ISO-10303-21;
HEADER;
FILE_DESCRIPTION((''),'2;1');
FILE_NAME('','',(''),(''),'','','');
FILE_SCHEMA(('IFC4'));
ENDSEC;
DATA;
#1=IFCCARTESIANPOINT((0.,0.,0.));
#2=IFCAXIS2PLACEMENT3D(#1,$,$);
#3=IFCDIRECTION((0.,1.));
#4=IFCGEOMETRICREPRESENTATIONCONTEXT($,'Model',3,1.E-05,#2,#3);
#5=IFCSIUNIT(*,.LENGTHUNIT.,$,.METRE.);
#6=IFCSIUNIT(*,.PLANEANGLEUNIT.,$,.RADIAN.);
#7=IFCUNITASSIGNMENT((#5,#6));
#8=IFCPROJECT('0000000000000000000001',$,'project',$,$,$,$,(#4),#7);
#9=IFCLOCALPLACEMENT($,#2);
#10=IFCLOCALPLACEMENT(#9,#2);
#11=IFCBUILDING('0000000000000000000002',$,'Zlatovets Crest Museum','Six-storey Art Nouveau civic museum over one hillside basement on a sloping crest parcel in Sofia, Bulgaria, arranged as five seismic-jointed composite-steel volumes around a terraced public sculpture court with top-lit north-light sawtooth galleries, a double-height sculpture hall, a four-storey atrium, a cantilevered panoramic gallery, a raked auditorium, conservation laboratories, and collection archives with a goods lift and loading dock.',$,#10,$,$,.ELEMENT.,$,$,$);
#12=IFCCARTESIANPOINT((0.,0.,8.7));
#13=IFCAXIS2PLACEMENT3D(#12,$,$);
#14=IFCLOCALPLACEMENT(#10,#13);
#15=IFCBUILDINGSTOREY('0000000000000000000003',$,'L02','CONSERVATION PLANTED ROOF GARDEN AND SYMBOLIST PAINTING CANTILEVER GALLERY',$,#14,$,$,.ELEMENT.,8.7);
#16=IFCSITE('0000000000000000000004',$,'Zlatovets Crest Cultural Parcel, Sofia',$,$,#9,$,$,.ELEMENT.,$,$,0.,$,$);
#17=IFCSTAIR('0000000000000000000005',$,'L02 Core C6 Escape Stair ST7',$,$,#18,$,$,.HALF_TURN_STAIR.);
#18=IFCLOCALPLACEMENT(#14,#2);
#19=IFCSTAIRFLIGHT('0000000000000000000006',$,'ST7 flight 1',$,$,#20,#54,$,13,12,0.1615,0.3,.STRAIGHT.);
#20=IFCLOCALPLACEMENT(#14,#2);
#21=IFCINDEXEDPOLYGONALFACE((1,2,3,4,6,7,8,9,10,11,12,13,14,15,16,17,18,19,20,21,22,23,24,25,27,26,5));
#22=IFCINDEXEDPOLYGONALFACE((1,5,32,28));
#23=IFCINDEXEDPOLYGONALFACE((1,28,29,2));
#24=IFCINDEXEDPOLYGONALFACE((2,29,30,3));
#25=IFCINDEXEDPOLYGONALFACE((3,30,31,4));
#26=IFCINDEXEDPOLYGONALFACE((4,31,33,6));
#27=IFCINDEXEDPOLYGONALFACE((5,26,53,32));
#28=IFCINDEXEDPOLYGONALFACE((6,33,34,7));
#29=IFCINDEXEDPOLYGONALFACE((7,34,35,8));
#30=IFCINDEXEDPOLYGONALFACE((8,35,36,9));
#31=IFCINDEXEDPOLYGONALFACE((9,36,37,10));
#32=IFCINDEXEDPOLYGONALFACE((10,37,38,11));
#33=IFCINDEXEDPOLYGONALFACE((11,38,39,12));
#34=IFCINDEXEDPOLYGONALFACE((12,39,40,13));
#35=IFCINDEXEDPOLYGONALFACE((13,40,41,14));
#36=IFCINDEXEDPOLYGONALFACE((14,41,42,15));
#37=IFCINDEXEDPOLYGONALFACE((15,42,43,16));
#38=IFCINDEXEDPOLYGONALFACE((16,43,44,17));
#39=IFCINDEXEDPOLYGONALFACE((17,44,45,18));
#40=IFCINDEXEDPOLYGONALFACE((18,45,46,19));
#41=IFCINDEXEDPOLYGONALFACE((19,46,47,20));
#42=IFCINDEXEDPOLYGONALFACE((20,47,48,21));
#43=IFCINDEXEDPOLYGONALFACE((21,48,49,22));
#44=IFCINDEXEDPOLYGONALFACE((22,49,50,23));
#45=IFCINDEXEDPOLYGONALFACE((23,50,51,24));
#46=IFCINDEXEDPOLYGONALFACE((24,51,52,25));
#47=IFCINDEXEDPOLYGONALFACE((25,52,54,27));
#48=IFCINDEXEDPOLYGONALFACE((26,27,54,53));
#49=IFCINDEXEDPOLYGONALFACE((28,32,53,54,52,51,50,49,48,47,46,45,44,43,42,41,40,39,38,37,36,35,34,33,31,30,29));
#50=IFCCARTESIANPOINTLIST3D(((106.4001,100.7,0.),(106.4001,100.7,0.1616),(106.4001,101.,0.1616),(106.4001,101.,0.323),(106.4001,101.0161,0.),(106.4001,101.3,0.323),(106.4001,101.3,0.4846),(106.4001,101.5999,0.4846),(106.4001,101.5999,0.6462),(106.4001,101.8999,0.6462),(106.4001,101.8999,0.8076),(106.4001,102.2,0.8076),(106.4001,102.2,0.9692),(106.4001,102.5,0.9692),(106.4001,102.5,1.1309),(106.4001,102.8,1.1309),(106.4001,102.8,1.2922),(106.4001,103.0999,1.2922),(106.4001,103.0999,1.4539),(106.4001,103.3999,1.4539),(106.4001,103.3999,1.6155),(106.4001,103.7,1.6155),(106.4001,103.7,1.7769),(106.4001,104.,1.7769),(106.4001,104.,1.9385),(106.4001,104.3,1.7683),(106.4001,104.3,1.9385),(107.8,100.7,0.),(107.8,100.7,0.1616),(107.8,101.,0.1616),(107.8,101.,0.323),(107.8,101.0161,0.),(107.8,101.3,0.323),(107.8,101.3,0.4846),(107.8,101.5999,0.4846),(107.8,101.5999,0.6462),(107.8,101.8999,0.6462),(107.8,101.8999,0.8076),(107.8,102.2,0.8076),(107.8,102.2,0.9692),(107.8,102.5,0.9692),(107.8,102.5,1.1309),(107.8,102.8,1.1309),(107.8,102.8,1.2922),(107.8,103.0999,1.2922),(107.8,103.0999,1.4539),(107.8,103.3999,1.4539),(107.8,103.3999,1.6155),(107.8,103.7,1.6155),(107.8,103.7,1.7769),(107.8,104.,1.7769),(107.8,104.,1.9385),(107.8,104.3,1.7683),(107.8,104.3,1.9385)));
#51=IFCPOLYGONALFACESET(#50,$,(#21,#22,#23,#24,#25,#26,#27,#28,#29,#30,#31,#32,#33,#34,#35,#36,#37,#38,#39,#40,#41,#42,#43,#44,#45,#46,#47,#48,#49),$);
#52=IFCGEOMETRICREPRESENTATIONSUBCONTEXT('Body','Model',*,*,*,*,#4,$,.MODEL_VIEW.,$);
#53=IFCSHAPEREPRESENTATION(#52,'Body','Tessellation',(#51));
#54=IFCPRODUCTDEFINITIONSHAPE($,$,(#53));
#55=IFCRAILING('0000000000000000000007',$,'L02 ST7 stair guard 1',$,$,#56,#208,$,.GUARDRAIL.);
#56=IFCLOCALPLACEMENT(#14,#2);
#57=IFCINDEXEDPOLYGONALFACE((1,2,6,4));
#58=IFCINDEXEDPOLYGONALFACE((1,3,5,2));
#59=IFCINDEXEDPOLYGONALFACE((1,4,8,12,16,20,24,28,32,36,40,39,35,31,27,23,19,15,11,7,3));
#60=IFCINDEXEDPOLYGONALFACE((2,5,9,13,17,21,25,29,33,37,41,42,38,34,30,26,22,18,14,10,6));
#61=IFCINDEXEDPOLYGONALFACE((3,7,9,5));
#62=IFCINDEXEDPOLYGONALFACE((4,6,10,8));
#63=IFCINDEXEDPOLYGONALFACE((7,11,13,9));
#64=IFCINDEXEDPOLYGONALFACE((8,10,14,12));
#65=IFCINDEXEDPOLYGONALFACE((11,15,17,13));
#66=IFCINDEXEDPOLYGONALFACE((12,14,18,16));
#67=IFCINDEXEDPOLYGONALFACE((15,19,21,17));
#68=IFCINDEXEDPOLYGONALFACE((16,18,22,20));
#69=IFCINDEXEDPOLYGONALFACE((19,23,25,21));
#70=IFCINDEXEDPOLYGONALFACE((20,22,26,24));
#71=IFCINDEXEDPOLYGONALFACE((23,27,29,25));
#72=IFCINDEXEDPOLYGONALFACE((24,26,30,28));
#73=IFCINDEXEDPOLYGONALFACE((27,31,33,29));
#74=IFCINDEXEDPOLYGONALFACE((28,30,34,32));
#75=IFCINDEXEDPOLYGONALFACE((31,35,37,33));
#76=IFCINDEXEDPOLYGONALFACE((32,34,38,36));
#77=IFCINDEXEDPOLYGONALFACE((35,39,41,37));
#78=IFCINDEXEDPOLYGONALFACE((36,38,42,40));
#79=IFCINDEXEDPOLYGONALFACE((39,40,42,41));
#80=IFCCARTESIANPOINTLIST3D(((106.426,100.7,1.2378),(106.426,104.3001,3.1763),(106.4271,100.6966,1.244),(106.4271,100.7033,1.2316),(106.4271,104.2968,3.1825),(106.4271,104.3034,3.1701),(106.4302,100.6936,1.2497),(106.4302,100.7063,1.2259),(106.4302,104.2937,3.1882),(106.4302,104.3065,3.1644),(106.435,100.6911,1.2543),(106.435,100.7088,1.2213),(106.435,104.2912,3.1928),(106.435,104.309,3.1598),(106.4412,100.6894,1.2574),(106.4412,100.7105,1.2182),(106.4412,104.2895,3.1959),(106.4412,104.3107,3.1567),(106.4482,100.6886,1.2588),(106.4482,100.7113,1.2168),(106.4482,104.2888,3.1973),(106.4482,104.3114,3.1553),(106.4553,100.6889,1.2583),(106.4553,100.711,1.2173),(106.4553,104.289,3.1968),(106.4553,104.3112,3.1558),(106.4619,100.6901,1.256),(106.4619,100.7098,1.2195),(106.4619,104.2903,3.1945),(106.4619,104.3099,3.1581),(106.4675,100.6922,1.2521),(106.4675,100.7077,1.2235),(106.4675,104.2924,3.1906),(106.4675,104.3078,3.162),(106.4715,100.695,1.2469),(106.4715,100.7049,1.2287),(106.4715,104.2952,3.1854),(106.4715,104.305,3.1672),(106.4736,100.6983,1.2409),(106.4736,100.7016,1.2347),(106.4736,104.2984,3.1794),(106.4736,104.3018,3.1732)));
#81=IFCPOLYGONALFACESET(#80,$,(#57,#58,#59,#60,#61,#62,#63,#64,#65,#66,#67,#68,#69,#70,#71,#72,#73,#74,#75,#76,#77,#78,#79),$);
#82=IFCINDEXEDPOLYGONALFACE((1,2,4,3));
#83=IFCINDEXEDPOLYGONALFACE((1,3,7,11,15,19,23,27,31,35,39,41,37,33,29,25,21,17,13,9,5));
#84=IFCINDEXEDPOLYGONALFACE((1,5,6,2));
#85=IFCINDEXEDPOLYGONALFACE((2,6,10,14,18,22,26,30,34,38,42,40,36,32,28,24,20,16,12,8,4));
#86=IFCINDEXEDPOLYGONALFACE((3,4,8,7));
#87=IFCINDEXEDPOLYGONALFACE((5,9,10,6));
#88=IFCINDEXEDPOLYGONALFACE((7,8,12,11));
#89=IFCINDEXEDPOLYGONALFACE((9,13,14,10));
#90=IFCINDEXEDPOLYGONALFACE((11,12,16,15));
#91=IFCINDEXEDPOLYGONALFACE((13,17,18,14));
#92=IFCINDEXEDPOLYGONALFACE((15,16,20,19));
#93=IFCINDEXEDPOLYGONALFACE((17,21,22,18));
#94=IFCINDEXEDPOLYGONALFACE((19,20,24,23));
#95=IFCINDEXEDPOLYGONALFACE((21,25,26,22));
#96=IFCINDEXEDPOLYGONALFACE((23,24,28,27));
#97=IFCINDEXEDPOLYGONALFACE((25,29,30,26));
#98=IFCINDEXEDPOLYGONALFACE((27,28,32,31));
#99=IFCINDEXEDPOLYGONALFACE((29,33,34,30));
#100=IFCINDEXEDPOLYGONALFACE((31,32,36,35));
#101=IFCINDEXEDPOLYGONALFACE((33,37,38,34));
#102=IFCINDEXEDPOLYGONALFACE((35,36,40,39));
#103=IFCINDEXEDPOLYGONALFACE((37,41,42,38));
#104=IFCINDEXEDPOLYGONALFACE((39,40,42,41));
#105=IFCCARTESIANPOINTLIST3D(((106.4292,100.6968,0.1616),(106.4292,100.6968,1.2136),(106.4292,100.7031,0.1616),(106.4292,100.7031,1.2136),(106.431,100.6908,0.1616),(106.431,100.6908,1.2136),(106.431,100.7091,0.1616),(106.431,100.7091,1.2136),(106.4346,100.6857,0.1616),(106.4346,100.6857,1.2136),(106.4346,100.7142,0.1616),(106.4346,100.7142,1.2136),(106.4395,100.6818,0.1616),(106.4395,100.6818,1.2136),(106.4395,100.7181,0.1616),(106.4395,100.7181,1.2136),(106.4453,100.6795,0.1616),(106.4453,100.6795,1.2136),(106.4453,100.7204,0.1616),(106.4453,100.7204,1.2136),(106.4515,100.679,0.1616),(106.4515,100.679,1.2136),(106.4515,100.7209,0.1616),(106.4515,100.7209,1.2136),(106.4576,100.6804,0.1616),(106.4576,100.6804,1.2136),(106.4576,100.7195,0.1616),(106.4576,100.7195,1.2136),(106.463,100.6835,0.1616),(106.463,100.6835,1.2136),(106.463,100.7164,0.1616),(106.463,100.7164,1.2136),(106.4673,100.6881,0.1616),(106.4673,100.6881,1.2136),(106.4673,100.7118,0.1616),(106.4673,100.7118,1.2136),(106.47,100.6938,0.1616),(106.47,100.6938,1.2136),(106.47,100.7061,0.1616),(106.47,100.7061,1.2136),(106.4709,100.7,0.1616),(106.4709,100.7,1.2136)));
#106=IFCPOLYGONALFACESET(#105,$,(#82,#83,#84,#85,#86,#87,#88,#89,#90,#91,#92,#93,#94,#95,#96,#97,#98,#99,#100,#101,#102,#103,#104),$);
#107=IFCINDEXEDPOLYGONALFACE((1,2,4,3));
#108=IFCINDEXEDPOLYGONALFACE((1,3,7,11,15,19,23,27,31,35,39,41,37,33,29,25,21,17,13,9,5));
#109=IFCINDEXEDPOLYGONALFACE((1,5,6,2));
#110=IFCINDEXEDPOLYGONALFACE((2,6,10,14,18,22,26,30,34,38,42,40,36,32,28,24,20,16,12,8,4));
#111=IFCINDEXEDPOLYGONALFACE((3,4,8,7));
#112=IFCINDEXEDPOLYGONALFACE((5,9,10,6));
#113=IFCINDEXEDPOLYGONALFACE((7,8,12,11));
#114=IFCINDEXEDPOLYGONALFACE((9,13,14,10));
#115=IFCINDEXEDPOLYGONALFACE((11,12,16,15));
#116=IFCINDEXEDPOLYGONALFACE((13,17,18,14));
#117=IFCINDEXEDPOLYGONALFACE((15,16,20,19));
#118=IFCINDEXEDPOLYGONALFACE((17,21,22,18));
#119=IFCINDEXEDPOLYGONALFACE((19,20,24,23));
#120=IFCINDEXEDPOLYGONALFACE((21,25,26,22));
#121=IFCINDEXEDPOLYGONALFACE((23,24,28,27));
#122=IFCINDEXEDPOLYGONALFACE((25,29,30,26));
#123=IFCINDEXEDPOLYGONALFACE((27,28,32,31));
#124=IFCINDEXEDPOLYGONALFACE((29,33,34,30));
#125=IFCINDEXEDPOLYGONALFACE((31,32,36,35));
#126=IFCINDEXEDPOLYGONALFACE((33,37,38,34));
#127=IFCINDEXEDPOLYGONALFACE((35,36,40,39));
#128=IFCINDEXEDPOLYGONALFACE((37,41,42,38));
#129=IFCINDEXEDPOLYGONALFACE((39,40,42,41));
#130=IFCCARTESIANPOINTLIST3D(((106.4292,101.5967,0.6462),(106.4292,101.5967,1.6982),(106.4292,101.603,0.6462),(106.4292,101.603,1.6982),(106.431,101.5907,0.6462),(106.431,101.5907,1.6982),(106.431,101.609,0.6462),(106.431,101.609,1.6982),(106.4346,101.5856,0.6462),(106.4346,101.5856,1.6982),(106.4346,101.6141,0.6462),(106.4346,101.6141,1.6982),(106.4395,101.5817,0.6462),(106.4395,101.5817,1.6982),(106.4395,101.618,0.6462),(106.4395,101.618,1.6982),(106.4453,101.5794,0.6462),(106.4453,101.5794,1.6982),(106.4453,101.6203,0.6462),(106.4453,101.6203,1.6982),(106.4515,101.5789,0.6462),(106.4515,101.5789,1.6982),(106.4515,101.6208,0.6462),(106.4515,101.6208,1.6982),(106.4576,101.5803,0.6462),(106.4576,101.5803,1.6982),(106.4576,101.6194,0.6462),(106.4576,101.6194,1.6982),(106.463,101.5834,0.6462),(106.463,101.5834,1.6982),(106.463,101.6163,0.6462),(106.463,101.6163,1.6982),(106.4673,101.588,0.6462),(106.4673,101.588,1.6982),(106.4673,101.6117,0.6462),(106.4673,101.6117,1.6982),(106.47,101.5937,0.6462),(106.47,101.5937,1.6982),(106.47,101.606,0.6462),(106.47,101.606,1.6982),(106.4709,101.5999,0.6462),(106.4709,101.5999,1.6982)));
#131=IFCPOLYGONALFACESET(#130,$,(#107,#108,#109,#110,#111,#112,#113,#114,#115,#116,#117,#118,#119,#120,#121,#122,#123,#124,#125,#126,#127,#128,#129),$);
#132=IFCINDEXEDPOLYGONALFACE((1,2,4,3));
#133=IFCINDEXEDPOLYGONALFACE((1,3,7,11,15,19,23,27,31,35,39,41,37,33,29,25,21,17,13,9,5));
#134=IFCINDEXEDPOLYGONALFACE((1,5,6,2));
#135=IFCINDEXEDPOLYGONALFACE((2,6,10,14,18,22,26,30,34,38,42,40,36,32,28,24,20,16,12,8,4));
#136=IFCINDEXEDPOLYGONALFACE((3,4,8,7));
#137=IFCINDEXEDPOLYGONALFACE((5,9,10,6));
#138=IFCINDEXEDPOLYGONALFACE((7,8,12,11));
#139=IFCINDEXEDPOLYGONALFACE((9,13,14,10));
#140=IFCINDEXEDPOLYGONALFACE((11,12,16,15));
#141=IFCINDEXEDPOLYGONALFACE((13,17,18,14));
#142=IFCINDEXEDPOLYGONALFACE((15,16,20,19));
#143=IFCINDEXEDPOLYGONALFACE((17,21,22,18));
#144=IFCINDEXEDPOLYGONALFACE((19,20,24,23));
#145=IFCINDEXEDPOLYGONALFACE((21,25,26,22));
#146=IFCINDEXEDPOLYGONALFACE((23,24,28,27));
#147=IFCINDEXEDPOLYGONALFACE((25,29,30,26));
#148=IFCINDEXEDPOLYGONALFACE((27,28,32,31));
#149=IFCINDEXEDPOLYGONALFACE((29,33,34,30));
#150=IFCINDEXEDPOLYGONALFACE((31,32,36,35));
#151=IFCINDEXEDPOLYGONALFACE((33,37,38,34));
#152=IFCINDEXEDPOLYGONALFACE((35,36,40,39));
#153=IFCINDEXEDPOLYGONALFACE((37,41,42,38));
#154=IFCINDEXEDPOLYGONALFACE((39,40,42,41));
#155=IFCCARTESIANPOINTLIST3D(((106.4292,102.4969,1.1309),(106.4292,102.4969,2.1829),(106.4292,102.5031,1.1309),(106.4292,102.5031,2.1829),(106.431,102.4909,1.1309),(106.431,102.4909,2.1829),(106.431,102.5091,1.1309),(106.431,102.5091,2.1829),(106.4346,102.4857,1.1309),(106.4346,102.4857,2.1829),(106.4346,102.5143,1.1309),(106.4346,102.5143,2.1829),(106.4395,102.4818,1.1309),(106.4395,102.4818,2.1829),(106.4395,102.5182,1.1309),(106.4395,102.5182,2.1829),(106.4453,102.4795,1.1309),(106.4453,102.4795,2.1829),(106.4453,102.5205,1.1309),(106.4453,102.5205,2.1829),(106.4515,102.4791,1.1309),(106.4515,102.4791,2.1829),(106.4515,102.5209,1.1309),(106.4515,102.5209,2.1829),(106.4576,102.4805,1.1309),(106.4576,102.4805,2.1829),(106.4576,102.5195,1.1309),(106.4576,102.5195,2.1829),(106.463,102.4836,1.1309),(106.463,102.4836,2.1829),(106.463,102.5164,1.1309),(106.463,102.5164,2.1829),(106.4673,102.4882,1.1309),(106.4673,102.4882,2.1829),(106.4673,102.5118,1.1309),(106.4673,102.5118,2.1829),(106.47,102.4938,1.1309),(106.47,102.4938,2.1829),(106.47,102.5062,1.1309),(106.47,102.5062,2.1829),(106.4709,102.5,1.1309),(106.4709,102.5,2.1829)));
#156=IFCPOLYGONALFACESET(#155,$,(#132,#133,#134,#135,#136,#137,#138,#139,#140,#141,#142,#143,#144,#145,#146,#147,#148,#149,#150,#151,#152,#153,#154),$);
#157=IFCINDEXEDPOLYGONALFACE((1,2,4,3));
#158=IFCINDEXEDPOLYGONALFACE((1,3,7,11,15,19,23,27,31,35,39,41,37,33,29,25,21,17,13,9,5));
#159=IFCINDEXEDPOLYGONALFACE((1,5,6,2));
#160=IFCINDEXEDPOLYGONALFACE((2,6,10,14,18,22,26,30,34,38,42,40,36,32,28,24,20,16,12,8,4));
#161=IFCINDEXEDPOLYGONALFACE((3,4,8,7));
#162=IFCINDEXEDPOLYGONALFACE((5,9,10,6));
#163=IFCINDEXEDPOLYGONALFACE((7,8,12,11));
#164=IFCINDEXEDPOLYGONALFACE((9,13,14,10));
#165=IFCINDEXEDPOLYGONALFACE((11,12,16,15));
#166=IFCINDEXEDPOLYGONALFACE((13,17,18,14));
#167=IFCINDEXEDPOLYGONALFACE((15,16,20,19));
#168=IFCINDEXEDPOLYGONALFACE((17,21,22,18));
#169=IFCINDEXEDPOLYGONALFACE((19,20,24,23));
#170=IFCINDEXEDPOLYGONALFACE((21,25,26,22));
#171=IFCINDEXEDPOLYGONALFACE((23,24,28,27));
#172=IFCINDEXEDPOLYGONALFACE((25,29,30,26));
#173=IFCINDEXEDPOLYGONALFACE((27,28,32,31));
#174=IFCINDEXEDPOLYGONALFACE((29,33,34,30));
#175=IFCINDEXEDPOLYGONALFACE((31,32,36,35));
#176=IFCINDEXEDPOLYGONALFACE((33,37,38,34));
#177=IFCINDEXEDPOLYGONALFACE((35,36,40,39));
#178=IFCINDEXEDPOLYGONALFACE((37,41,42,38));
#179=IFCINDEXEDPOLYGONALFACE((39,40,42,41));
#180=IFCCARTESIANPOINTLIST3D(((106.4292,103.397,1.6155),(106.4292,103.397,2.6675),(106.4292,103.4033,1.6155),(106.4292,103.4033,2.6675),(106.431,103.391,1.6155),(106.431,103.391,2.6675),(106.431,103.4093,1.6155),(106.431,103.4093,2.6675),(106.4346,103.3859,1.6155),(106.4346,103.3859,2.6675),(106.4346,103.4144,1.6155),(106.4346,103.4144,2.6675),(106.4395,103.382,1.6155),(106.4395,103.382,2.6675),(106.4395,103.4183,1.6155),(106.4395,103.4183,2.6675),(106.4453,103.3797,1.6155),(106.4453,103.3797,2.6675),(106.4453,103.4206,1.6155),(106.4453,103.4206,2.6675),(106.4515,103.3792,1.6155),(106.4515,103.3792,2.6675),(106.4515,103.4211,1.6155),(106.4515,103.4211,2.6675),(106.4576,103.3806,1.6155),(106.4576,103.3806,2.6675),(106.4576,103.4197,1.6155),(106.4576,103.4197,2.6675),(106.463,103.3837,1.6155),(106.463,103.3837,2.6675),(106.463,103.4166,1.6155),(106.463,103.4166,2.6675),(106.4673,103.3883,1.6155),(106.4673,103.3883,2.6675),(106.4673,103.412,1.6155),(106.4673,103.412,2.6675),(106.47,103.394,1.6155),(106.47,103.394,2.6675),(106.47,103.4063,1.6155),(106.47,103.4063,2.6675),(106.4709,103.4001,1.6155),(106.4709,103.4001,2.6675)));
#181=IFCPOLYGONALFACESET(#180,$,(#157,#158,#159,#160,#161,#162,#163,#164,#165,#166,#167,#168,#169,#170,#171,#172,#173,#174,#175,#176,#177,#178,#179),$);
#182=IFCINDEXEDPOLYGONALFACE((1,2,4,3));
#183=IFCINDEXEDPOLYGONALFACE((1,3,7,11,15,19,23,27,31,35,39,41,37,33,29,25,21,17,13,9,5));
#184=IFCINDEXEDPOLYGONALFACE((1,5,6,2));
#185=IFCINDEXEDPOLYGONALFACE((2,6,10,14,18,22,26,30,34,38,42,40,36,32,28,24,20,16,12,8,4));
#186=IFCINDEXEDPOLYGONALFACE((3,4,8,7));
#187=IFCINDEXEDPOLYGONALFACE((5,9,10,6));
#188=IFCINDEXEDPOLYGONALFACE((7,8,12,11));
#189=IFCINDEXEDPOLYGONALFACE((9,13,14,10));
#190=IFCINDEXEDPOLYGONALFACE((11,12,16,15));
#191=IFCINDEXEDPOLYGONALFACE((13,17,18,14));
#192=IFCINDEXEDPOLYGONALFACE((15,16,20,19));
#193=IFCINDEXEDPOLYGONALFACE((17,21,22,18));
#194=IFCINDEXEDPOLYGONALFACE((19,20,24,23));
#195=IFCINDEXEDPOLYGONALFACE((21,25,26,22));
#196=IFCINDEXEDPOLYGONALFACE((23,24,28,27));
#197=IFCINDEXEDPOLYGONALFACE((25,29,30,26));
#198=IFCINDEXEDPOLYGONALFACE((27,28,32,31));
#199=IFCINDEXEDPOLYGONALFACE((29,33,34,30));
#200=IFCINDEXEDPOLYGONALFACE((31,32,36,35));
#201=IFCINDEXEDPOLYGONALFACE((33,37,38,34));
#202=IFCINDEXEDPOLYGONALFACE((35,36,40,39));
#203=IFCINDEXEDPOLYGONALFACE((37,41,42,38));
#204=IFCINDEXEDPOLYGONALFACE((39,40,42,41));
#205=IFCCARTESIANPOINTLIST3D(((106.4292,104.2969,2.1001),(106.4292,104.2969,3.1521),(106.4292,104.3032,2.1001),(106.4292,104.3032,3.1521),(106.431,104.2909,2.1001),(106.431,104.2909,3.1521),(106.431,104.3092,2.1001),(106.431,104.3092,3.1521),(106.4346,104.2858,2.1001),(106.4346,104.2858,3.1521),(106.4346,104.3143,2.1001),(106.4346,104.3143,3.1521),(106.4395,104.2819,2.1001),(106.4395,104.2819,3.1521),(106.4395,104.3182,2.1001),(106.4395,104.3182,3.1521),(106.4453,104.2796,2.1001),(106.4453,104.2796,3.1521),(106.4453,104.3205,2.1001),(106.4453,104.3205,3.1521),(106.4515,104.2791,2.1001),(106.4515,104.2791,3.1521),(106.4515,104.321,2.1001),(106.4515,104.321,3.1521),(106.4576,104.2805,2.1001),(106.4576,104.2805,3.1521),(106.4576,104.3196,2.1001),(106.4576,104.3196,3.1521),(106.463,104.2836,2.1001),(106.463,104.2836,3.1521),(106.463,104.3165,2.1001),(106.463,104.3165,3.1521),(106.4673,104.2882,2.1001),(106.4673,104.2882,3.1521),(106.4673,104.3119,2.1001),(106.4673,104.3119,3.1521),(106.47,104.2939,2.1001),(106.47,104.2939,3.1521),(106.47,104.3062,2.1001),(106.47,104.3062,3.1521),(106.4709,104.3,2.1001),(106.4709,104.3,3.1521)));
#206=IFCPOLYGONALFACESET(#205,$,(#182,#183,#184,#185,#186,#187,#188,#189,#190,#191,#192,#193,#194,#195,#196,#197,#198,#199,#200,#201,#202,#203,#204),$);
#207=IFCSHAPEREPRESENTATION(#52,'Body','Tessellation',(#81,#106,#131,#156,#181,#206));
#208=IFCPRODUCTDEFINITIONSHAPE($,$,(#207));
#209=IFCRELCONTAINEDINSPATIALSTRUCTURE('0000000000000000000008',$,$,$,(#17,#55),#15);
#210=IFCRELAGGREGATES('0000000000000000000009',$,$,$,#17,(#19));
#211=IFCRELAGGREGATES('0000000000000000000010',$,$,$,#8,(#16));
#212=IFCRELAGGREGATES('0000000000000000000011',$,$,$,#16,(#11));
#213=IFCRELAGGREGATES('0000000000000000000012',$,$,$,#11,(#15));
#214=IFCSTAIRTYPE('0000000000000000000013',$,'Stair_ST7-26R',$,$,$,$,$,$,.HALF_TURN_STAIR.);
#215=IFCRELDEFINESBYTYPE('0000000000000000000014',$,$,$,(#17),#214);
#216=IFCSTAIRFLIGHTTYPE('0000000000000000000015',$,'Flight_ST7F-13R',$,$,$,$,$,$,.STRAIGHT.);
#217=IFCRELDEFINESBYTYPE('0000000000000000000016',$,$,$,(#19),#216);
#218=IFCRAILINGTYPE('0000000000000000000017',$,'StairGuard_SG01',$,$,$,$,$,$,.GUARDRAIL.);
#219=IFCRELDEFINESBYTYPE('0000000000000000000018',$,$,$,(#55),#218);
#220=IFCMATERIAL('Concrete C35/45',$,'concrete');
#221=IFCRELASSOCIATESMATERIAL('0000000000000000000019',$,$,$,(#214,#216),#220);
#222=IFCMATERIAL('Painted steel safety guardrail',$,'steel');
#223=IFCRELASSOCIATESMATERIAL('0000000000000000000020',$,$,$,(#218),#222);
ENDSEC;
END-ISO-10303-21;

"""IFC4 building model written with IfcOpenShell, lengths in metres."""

from ifc_helpers import new_model, si_unit, direction, frame, origin, origin_2d, place, context, subcontext, project, spatial, polyline, circle, outline, extrude, material, type_object, element, aggregate, save


model = new_model("IFC4")

# Units and contexts
model_context = context("Model", 3, precision=1e-05, world=origin(), true_north=direction((0.0, 1.0)))
body_context = subcontext(model_context, "Body", "Model", "MODEL_VIEW")
ifc_project = project(units=[si_unit("LENGTHUNIT", "METRE"), si_unit("PLANEANGLEUNIT", "RADIAN")], contexts=[model_context])

# Site, building, storey
site_placement = place(None, origin())
site = spatial("IfcSite", under=ifc_project, at=site_placement, Name="Zlatovets Crest Cultural Parcel, Sofia", CompositionType="ELEMENT", RefElevation=0.0)
building_placement = place(site_placement, origin())
building = spatial("IfcBuilding", under=site, at=building_placement, Name="Zlatovets Crest Museum", Description="Six-storey Art Nouveau civic museum over one hillside basement on a sloping crest parcel in Sofia, Bulgaria, arranged as five seismic-jointed composite-steel volumes around a terraced public sculpture court with top-lit north-light sawtooth galleries, a double-height sculpture hall, a four-storey atrium, a cantilevered panoramic gallery, a raked auditorium, conservation laboratories, and collection archives with a goods lift and loading dock.", CompositionType="ELEMENT")
storey_placement = place(building_placement, frame((0.0, 0.0, 8.7)))
storey = spatial("IfcBuildingStorey", under=building, at=storey_placement, Name="L02", Description="CONSERVATION PLANTED ROOF GARDEN AND SYMBOLIST PAINTING CANTILEVER GALLERY", CompositionType="ELEMENT", Elevation=8.7)

# Stair, stair flight
ifc_material_1 = material(Name="Concrete C35/45", Category="concrete")
stair_type = type_object("IfcStairType", Name="Stair_ST7-26R", PredefinedType="HALF_TURN_STAIR", material=ifc_material_1)
stair_placement = place(storey_placement, origin())
stair = element("IfcStair", 1, at=stair_placement, inside=storey, type_object=stair_type, Name="L02 Core C6 Escape Stair ST7", PredefinedType="HALF_TURN_STAIR")
stair_flight_type = type_object("IfcStairFlightType", Name="Flight_ST7F-13R", PredefinedType="STRAIGHT", material=ifc_material_1)
stair_flight_placement = place(storey_placement, frame((107.1001, 100.7, 0.0), z_axis=(0.0, 0.0, 1.0), x_axis=(0.0, 1.0, 0.0)))
stair_flight = element("IfcStairFlight", 2, at=stair_flight_placement, type_object=stair_flight_type, Name="ST7 flight 1", NumberOfRisers=13, NumberOfTreads=12, PredefinedType="STRAIGHT", RiserHeight=0.1615, TreadLength=0.3, context=body_context, shape_type="SweptSolid", body=[
    extrude(outline(polyline([(0.0, 0.0), (0.0, 0.1616), (0.3, 0.1616), (0.3, 0.323), (0.6001, 0.323), (0.6001, 0.4846), (0.8999, 0.4846), (0.8999, 0.6462), (1.2, 0.6462), (1.2, 0.8076), (1.5, 0.8076), (1.5, 0.9692), (1.8, 0.9692), (1.8, 1.1309), (2.1001, 1.1309), (2.1001, 1.2922), (2.3999, 1.2922), (2.3999, 1.4539), (2.7, 1.4539), (2.7, 1.6155), (3.0, 1.6155), (3.0, 1.7769), (3.3, 1.7769), (3.3, 1.9385), (3.6001, 1.9385), (3.6001, 2.1001), (3.6001, 1.7683), (0.3162, 0.0), (0.0, 0.0)])), frame((0.0, 0.7, 0.0), z_axis=(0.0, -1.0, 0.0), x_axis=(1.0, 0.0, 0.0)), (0.0, 0.0, 1.0), 1.3999),
])
aggregate(stair, [stair_flight])

# Railing
ifc_material_2 = material(Name="Painted steel safety guardrail", Category="steel")
railing_type_1 = type_object("IfcRailingType", Name="StairGuard_SG01", PredefinedType="GUARDRAIL", material=ifc_material_2)
railing_1_placement = place(storey_placement, frame((106.45, 100.7, 0.1616)))
element("IfcRailing", 3, at=railing_1_placement, inside=storey, type_object=railing_type_1, Name="L02 ST7 stair guard 1", PredefinedType="GUARDRAIL", context=body_context, shape_type="SweptSolid", body=[
    extrude(circle(Radius=0.0239, at=origin_2d()), frame((0.0, 0.0, 1.0762), z_axis=(0.0, 0.880475, 0.474093), x_axis=(-1.0, 0.0, 0.0)), (0.0, 0.0, 1.0), 4.0889),
    extrude(circle(Radius=0.021, at=origin_2d()), origin(), (0.0, 0.0, 1.0), 1.052),
    extrude(circle(Radius=0.021, at=origin_2d()), frame((0.0, 0.8999, 0.4846)), (0.0, 0.0, 1.0), 1.052),
    extrude(circle(Radius=0.021, at=origin_2d()), frame((0.0, 1.8, 0.9692)), (0.0, 0.0, 1.0), 1.052),
    extrude(circle(Radius=0.021, at=origin_2d()), frame((0.0, 2.7002, 1.4539)), (0.0, 0.0, 1.0), 1.052),
    extrude(circle(Radius=0.021, at=origin_2d()), frame((0.0, 3.6001, 1.9385)), (0.0, 0.0, 1.0), 1.052),
])

save(model, "model.ifc")
